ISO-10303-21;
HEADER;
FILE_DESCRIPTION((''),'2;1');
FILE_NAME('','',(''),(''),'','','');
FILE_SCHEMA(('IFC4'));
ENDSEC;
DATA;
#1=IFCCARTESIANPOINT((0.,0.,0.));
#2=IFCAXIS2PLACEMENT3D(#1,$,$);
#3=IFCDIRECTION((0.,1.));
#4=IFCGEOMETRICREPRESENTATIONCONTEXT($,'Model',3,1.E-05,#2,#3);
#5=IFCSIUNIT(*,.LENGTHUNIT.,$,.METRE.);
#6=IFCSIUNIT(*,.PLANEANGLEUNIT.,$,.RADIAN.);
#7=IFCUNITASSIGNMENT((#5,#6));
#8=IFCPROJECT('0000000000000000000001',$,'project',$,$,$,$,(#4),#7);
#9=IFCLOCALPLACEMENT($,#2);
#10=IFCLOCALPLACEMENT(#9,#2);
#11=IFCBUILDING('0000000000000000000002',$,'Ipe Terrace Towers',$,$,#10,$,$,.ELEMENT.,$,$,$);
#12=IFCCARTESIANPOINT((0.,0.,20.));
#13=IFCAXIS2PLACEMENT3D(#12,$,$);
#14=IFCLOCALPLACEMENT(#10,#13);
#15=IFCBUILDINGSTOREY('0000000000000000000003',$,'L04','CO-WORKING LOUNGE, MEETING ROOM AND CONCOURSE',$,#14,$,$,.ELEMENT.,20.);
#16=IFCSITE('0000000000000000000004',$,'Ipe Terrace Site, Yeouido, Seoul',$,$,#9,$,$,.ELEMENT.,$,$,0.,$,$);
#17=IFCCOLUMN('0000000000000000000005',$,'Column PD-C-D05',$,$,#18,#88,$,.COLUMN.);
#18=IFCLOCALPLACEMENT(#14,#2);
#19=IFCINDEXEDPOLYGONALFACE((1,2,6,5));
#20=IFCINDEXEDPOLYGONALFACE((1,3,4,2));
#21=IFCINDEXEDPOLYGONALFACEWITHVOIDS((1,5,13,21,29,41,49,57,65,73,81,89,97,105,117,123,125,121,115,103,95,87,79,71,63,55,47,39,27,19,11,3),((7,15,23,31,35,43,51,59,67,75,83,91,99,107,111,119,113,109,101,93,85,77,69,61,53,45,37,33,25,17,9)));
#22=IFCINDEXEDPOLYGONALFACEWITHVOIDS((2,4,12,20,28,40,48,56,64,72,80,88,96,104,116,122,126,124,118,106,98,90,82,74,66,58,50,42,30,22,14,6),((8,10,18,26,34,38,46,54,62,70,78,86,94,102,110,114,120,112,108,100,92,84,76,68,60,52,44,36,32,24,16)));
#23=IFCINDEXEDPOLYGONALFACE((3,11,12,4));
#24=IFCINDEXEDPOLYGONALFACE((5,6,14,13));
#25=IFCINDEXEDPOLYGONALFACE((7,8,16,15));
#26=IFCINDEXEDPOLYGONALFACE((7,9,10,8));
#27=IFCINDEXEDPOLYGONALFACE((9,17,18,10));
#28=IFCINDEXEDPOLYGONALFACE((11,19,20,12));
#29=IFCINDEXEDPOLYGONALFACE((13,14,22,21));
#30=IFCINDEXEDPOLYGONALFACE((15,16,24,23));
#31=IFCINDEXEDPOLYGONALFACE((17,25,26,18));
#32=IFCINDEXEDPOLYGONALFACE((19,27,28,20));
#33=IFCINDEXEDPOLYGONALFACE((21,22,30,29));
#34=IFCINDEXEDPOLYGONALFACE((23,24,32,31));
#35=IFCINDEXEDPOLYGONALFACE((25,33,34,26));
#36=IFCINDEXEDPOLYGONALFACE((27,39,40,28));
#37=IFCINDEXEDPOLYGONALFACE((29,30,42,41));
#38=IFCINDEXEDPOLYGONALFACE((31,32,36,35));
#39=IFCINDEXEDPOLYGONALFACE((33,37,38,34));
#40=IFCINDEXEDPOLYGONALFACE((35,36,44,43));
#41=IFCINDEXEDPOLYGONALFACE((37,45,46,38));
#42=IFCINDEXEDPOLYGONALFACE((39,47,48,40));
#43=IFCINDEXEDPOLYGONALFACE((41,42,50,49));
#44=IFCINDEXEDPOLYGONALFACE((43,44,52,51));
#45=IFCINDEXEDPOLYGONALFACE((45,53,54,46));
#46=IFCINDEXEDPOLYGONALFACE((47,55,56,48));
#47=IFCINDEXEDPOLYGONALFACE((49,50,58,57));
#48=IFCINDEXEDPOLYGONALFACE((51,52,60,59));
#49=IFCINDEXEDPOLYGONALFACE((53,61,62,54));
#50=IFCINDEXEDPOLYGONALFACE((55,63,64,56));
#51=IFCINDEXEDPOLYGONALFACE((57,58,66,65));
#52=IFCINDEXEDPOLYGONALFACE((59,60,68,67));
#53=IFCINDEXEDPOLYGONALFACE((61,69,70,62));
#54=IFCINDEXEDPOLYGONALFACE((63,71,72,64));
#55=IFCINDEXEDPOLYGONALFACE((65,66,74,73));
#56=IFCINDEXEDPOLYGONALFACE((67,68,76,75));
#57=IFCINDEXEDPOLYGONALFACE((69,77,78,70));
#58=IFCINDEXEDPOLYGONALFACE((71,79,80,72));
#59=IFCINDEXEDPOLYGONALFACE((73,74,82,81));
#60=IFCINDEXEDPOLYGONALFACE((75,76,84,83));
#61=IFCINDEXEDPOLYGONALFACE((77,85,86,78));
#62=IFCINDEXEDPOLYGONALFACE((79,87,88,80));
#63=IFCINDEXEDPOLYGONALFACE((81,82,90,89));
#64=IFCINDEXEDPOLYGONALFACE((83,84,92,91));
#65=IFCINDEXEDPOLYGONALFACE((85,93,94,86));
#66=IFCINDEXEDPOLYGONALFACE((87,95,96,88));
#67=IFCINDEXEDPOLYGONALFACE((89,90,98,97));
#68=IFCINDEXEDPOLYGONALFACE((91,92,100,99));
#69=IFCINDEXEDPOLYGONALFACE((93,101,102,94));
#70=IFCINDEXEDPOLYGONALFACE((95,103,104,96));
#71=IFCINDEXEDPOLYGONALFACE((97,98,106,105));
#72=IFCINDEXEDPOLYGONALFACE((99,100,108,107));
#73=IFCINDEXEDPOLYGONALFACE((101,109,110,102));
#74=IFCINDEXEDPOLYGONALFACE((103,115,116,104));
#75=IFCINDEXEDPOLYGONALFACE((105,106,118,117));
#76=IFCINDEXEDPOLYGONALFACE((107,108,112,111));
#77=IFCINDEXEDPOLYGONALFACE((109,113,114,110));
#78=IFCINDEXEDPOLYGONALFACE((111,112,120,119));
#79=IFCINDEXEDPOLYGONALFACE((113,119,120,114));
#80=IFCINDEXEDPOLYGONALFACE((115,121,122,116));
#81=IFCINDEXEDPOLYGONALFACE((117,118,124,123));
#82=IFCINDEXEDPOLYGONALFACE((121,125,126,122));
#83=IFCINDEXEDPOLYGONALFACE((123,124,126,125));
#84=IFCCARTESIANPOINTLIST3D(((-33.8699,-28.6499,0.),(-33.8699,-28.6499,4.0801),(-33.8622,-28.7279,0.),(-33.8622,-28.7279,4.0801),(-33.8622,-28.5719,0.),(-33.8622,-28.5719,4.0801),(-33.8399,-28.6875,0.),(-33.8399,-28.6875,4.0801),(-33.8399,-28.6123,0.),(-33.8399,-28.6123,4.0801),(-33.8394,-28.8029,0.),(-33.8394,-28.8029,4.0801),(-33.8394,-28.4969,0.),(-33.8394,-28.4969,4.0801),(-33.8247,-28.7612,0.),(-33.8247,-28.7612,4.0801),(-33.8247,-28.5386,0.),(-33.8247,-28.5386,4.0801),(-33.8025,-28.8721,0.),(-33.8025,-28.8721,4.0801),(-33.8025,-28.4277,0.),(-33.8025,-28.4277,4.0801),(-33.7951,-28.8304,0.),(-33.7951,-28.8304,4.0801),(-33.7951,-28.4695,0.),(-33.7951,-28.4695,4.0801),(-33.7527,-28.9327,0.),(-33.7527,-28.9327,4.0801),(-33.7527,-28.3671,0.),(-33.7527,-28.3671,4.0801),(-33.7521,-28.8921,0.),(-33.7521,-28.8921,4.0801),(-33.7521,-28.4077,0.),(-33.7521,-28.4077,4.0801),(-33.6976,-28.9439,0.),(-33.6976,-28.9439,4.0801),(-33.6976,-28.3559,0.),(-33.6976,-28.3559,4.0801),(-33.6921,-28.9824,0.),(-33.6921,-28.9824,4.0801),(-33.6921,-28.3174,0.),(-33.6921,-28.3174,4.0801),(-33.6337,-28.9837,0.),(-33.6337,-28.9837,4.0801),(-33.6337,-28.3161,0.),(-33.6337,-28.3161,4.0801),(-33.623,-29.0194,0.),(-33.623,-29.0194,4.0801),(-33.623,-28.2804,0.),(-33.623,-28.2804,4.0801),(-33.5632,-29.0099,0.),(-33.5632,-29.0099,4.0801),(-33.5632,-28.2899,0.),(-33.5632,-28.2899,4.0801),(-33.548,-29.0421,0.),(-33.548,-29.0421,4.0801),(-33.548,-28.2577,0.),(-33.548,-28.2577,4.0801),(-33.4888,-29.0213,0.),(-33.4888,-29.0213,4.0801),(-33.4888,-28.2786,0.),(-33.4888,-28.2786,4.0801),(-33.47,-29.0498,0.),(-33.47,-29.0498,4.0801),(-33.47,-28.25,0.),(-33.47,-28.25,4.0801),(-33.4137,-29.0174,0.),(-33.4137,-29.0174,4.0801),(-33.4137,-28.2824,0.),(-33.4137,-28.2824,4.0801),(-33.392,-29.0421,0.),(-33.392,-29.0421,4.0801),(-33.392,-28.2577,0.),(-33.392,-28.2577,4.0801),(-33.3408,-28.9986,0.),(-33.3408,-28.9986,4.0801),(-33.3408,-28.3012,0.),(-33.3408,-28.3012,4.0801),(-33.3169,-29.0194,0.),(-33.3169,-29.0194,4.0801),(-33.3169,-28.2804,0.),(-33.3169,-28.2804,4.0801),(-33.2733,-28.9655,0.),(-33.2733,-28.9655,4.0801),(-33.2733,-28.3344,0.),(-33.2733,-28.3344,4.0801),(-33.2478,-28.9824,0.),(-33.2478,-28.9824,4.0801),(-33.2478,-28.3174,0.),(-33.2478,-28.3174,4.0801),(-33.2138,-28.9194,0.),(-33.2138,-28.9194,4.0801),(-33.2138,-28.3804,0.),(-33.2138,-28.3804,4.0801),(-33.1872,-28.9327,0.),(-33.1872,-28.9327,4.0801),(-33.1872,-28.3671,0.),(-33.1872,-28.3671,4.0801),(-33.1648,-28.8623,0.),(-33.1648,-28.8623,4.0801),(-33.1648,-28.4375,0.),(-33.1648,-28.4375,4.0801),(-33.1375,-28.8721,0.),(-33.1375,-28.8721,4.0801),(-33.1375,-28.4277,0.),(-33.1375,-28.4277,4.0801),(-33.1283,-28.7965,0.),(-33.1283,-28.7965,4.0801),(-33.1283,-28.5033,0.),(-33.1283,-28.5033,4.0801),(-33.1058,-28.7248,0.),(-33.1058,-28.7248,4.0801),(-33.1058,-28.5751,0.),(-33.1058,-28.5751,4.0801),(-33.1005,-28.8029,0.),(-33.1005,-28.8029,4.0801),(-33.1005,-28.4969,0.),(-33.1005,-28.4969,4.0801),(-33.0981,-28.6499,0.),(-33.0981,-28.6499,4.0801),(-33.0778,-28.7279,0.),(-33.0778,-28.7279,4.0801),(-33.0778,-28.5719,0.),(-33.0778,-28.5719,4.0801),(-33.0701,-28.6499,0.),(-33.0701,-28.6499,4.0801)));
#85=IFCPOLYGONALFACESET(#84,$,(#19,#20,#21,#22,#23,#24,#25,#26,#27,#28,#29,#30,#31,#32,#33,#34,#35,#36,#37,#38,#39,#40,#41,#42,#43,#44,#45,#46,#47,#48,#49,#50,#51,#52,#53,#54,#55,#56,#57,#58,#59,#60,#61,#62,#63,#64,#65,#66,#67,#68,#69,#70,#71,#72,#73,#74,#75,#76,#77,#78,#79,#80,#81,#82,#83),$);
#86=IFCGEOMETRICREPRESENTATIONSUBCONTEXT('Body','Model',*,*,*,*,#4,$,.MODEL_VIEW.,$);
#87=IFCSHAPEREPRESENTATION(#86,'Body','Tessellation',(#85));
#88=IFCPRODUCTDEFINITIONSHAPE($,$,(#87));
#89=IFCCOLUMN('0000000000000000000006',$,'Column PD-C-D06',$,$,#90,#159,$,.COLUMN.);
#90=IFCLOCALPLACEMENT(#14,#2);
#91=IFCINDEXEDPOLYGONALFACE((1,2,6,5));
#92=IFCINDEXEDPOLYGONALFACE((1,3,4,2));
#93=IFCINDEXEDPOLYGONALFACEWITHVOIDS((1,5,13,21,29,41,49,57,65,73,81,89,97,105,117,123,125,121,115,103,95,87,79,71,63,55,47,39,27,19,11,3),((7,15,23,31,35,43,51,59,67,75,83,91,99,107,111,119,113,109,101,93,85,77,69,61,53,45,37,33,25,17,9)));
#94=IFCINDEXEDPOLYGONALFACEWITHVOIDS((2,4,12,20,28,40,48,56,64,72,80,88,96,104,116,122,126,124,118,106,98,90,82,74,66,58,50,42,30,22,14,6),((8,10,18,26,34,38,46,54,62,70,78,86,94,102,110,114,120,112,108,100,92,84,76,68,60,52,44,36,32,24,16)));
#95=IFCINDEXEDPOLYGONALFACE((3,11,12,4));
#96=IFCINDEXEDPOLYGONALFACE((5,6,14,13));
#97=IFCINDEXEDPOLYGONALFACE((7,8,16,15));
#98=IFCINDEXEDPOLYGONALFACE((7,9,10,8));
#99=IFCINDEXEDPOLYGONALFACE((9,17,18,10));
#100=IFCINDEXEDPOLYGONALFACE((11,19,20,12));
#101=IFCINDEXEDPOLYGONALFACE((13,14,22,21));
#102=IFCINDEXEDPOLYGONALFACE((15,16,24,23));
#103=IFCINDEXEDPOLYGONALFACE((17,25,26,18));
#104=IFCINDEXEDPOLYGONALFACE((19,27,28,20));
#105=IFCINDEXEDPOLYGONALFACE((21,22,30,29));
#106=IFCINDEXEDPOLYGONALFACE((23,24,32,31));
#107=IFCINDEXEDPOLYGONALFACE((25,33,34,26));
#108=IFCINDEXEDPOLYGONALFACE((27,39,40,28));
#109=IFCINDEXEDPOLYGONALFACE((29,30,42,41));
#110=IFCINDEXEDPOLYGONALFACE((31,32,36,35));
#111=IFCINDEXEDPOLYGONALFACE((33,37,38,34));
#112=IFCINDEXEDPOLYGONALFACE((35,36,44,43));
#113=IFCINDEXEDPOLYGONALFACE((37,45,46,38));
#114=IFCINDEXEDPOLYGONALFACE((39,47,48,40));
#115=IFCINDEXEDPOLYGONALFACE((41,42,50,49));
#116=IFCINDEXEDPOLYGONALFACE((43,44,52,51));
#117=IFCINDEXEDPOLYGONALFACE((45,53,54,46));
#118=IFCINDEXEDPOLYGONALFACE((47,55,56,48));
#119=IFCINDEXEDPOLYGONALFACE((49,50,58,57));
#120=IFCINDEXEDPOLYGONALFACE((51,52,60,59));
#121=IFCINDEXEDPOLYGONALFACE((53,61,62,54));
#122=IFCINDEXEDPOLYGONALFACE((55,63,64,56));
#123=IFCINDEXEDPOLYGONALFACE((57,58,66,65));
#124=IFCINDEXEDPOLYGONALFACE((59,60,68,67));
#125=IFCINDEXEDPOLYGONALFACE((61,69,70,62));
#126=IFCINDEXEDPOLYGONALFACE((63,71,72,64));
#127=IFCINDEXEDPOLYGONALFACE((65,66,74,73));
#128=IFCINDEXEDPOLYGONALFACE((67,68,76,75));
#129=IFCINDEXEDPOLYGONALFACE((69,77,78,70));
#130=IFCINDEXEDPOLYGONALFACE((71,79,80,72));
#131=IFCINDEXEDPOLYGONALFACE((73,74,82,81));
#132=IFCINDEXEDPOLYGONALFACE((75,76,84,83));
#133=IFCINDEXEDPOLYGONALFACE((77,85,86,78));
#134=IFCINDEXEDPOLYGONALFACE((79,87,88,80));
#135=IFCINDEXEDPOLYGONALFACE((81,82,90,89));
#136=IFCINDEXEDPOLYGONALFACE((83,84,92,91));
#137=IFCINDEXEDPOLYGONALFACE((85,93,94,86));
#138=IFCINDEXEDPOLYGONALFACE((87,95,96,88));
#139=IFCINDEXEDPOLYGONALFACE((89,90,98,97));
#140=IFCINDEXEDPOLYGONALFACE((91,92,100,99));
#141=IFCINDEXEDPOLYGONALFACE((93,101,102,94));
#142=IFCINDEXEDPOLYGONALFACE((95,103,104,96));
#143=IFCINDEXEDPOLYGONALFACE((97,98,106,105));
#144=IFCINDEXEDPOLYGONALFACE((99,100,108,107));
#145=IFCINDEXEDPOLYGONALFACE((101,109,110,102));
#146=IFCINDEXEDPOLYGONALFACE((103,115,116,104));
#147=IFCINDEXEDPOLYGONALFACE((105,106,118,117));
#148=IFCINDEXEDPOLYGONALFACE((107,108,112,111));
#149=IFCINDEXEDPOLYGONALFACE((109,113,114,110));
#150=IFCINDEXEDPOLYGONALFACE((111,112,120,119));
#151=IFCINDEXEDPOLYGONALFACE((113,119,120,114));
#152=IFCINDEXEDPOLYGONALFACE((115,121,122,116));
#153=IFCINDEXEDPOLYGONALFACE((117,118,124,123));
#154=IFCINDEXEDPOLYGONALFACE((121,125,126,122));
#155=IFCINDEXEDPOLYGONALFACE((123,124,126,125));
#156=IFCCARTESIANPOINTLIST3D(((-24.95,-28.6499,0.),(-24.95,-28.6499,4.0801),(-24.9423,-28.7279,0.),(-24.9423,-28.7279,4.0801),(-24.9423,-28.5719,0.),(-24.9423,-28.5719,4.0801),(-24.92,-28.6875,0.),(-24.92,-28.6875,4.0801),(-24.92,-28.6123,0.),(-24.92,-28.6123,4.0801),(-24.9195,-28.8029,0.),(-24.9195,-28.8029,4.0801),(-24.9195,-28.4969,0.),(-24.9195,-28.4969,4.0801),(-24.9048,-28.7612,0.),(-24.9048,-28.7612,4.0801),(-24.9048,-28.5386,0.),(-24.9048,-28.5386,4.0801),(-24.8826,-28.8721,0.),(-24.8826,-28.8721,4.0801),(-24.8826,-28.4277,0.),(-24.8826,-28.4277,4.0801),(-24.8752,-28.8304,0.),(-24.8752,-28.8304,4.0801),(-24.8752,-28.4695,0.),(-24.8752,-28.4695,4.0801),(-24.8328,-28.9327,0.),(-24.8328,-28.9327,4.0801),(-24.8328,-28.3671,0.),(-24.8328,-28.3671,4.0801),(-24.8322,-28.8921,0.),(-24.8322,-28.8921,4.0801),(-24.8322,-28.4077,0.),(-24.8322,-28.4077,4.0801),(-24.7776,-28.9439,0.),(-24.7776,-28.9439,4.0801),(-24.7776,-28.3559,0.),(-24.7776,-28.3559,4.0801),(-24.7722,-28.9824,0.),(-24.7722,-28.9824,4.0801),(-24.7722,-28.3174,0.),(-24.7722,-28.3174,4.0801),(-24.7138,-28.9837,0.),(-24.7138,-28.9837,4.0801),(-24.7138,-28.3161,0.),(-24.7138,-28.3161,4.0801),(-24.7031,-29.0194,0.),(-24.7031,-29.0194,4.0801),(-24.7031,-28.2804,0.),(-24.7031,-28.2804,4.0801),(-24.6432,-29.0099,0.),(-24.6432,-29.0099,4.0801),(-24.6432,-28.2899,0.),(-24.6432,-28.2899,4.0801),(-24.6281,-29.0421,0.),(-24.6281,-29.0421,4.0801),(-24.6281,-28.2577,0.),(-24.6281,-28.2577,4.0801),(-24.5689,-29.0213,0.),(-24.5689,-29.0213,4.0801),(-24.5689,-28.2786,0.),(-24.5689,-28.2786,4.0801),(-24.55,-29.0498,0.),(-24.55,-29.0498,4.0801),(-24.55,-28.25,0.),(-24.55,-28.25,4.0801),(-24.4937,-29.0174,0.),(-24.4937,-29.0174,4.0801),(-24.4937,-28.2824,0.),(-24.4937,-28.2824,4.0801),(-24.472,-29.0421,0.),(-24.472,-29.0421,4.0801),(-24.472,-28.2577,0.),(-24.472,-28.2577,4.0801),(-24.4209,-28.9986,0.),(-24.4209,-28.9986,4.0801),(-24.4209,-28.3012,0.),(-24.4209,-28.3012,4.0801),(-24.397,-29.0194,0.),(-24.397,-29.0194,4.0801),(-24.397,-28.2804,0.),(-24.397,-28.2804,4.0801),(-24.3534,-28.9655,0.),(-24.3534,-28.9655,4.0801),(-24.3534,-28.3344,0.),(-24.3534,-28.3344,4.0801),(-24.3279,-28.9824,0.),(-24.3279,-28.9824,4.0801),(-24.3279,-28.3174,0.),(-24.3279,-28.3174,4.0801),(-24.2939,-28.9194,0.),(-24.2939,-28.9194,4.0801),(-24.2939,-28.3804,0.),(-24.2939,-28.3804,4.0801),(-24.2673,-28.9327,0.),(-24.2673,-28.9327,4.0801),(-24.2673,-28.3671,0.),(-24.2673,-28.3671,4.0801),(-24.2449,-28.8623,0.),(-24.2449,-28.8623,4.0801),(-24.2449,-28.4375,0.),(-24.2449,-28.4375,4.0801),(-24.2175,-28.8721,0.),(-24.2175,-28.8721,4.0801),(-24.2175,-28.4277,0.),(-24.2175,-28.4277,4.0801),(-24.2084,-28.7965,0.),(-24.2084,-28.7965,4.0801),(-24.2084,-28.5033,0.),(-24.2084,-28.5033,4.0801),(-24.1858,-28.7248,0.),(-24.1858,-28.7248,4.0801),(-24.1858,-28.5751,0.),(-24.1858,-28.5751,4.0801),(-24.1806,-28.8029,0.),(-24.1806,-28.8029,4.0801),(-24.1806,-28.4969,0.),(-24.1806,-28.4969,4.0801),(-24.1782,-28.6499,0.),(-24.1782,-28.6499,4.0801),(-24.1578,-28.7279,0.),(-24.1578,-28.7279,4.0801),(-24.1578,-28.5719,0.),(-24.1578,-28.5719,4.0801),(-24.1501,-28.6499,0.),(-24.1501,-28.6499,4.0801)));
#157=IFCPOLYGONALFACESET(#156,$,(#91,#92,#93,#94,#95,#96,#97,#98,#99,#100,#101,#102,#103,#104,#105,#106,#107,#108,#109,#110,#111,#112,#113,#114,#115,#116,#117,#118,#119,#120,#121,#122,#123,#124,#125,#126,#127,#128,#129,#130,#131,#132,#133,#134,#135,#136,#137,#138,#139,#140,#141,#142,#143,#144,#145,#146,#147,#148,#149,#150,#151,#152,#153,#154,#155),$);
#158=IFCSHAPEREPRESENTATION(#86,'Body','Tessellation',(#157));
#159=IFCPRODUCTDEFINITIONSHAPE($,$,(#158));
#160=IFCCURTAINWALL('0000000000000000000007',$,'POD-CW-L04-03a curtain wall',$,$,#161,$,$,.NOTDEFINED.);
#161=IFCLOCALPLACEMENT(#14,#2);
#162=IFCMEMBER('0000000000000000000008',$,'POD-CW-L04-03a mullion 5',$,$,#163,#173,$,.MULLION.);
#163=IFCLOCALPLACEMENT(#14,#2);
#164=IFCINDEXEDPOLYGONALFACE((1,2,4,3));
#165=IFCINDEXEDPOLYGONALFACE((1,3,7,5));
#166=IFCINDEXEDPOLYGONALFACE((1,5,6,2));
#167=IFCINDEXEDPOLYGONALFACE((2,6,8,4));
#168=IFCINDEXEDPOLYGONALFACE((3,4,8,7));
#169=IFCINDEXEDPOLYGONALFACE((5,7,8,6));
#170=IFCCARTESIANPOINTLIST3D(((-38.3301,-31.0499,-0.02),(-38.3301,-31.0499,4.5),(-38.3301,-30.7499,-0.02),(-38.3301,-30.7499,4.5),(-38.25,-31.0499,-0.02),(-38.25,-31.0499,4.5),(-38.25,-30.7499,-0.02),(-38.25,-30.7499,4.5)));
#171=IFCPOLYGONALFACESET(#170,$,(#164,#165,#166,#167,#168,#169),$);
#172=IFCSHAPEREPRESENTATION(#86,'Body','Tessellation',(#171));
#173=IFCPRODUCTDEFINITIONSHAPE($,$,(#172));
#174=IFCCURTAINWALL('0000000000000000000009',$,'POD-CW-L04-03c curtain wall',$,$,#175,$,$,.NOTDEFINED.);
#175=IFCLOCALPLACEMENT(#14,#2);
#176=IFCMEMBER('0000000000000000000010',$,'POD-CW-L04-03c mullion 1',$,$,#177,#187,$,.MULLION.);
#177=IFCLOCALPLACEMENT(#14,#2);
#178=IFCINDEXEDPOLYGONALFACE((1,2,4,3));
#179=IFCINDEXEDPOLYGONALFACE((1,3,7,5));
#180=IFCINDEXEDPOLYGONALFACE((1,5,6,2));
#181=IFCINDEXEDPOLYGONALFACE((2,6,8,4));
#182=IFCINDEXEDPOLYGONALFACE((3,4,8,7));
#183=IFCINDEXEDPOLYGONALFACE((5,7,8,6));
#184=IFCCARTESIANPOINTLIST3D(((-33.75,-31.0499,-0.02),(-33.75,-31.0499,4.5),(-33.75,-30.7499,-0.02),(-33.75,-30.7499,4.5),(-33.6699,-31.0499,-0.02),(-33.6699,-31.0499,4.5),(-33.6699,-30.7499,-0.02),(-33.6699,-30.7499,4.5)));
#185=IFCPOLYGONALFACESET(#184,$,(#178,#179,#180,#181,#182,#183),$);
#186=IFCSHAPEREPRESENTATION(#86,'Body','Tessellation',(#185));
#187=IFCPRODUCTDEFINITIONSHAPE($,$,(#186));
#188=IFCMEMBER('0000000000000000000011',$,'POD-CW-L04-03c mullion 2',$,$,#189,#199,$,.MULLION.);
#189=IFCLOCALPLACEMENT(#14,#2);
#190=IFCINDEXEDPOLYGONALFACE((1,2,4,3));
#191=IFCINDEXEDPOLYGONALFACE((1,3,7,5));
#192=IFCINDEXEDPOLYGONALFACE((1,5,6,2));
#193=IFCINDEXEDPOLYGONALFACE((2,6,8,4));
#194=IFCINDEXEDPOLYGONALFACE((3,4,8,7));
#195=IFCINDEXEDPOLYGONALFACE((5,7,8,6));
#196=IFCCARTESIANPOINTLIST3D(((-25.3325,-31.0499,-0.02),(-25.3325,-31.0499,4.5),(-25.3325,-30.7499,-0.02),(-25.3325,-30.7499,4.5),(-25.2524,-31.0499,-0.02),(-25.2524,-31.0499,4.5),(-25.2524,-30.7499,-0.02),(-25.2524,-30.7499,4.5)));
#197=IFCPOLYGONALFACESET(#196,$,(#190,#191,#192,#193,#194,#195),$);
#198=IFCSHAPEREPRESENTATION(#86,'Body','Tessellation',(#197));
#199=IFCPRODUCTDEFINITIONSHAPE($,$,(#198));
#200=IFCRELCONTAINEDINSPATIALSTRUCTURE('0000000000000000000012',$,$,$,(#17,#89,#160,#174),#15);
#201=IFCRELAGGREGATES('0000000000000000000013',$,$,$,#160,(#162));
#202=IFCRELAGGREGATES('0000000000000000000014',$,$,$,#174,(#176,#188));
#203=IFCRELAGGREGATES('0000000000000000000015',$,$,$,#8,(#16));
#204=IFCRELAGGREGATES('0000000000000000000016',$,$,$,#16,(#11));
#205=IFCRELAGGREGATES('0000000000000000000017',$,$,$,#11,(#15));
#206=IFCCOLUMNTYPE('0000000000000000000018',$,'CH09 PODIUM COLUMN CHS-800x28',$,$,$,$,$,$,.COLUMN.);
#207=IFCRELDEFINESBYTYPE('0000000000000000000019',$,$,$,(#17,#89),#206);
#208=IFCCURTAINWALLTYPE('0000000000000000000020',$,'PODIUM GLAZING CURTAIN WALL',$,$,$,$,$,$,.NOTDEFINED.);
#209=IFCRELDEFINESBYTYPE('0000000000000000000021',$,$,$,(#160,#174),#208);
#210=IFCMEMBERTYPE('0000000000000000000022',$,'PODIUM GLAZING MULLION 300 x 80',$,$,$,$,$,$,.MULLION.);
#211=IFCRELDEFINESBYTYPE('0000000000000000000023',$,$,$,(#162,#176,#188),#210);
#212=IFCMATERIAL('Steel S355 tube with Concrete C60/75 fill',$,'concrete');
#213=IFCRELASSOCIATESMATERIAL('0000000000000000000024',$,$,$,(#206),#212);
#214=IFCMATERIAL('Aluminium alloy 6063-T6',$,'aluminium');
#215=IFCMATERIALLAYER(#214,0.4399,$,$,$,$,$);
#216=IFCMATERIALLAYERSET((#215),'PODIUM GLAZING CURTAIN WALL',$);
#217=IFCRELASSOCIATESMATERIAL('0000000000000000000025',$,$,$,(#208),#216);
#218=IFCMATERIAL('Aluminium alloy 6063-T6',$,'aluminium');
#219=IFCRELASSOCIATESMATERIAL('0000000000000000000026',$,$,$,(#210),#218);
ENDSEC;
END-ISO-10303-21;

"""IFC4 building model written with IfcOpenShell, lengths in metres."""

from ifc_helpers import new_model, si_unit, direction, frame, origin, origin_2d, place, context, subcontext, project, spatial, rectangle, hollow_circle, extrude, material, layer, layer_set, material_profile, profile_set, type_object, element, aggregate, save


model = new_model("IFC4")

# Units and contexts
model_context = context("Model", 3, precision=1e-05, world=origin(), true_north=direction((0.0, 1.0)))
body_context = subcontext(model_context, "Body", "Model", "MODEL_VIEW")
ifc_project = project(units=[si_unit("LENGTHUNIT", "METRE"), si_unit("PLANEANGLEUNIT", "RADIAN")], contexts=[model_context])

# Site, building, storey
site_placement = place(None, origin())
site = spatial("IfcSite", under=ifc_project, at=site_placement, Name="Ipe Terrace Site, Yeouido, Seoul", CompositionType="ELEMENT", RefElevation=0.0)
building_placement = place(site_placement, origin())
building = spatial("IfcBuilding", under=site, at=building_placement, Name="Ipe Terrace Towers", CompositionType="ELEMENT")
storey_placement = place(building_placement, frame((0.0, 0.0, 20.0)))
storey = spatial("IfcBuildingStorey", under=building, at=storey_placement, Name="L04", Description="CO-WORKING LOUNGE, MEETING ROOM AND CONCOURSE", CompositionType="ELEMENT", Elevation=20.0)

# Columns
ifc_material_1 = material(Name="Steel S355 tube with Concrete C60/75 fill", Category="concrete")
ifc_material_profile_1 = material_profile(ifc_material_1, hollow_circle(Radius=0.3999, WallThickness=0.0281, at=origin_2d()), Name="CHS-800x28")
ifc_profile_set_1 = profile_set([ifc_material_profile_1], Name="Steel S355 tube with Concrete C60/75 fill")
column_type = type_object("IfcColumnType", Name="CH09 PODIUM COLUMN CHS-800x28", PredefinedType="COLUMN", material=ifc_profile_set_1)
for number, where, z_axis, x_axis, name in (
    (1, (-33.47, -28.6499, 0.0), (0.0, 0.0, 1.0), (1.0, 0.0, 0.0), "Column PD-C-D05"),
    (2, (-24.55, -28.6499, 0.0), (0.0, 0.0, 1.0), (1.0, 0.0, 0.0), "Column PD-C-D06"),
):
    element("IfcColumn", number, at=place(storey_placement, frame(where, z_axis=z_axis, x_axis=x_axis)), inside=storey, type_object=column_type, Name=name, PredefinedType="COLUMN", context=body_context, shape_type="SweptSolid", body=[
        extrude(hollow_circle(Radius=0.3999, WallThickness=0.0281, at=origin_2d()), origin(), (0.0, 0.0, 1.0), 4.0801),
    ])

# Curtain wall, member
ifc_material_2 = material(Name="Aluminium alloy 6063-T6", Category="aluminium")
ifc_layer_1 = layer(ifc_material_2, 0.4399)
ifc_layer_set_1 = layer_set([ifc_layer_1], Name="PODIUM GLAZING CURTAIN WALL")
curtain_wall_type = type_object("IfcCurtainWallType", Name="PODIUM GLAZING CURTAIN WALL", PredefinedType="NOTDEFINED", material=ifc_layer_set_1)
curtain_wall_1_placement = place(storey_placement, origin())
curtain_wall_1 = element("IfcCurtainWall", 3, at=curtain_wall_1_placement, inside=storey, type_object=curtain_wall_type, Name="POD-CW-L04-03a curtain wall", PredefinedType="NOTDEFINED")
ifc_material_3 = material(Name="Aluminium alloy 6063-T6", Category="aluminium")
ifc_material_profile_2 = material_profile(ifc_material_3, rectangle(XDim=0.3, YDim=0.0801, at=origin_2d()), Name="PODIUM GLAZING MULLION 300 x 80")
ifc_profile_set_2 = profile_set([ifc_material_profile_2], Name="Aluminium alloy 6063-T6")
member_type_1 = type_object("IfcMemberType", Name="PODIUM GLAZING MULLION 300 x 80", PredefinedType="MULLION", material=ifc_profile_set_2)
member_1_placement = place(storey_placement, frame((-38.29, -30.8999, -0.02), z_axis=(0.0, 0.0, 1.0), x_axis=(0.0, -1.0, 0.0)))
member_1 = element("IfcMember", 4, at=member_1_placement, type_object=member_type_1, Name="POD-CW-L04-03a mullion 5", PredefinedType="MULLION", context=body_context, shape_type="SweptSolid", body=[
    extrude(rectangle(XDim=0.3, YDim=0.0801, at=origin_2d()), origin(), (0.0, 0.0, 1.0), 4.52),
])
aggregate(curtain_wall_1, [member_1])

# Curtain wall, members
curtain_wall_2_placement = place(storey_placement, origin())
curtain_wall_2 = element("IfcCurtainWall", 5, at=curtain_wall_2_placement, inside=storey, type_object=curtain_wall_type, Name="POD-CW-L04-03c curtain wall", PredefinedType="NOTDEFINED")
member_2_placement = place(storey_placement, frame((-33.71, -30.8999, -0.02), z_axis=(0.0, 0.0, 1.0), x_axis=(0.0, -1.0, 0.0)))
member_2 = element("IfcMember", 6, at=member_2_placement, type_object=member_type_1, Name="POD-CW-L04-03c mullion 1", PredefinedType="MULLION", context=body_context, shape_type="SweptSolid", body=[
    extrude(rectangle(XDim=0.3, YDim=0.0801, at=origin_2d()), origin(), (0.0, 0.0, 1.0), 4.52),
])
member_3_placement = place(storey_placement, frame((-25.2925, -30.8999, -0.02), z_axis=(0.0, 0.0, 1.0), x_axis=(0.0, -1.0, 0.0)))
member_3 = element("IfcMember", 7, at=member_3_placement, type_object=member_type_1, Name="POD-CW-L04-03c mullion 2", PredefinedType="MULLION", context=body_context, shape_type="SweptSolid", body=[
    extrude(rectangle(XDim=0.3, YDim=0.0801, at=origin_2d()), origin(), (0.0, 0.0, 1.0), 4.52),
])
aggregate(curtain_wall_2, [member_2, member_3])

save(model, "model.ifc")
